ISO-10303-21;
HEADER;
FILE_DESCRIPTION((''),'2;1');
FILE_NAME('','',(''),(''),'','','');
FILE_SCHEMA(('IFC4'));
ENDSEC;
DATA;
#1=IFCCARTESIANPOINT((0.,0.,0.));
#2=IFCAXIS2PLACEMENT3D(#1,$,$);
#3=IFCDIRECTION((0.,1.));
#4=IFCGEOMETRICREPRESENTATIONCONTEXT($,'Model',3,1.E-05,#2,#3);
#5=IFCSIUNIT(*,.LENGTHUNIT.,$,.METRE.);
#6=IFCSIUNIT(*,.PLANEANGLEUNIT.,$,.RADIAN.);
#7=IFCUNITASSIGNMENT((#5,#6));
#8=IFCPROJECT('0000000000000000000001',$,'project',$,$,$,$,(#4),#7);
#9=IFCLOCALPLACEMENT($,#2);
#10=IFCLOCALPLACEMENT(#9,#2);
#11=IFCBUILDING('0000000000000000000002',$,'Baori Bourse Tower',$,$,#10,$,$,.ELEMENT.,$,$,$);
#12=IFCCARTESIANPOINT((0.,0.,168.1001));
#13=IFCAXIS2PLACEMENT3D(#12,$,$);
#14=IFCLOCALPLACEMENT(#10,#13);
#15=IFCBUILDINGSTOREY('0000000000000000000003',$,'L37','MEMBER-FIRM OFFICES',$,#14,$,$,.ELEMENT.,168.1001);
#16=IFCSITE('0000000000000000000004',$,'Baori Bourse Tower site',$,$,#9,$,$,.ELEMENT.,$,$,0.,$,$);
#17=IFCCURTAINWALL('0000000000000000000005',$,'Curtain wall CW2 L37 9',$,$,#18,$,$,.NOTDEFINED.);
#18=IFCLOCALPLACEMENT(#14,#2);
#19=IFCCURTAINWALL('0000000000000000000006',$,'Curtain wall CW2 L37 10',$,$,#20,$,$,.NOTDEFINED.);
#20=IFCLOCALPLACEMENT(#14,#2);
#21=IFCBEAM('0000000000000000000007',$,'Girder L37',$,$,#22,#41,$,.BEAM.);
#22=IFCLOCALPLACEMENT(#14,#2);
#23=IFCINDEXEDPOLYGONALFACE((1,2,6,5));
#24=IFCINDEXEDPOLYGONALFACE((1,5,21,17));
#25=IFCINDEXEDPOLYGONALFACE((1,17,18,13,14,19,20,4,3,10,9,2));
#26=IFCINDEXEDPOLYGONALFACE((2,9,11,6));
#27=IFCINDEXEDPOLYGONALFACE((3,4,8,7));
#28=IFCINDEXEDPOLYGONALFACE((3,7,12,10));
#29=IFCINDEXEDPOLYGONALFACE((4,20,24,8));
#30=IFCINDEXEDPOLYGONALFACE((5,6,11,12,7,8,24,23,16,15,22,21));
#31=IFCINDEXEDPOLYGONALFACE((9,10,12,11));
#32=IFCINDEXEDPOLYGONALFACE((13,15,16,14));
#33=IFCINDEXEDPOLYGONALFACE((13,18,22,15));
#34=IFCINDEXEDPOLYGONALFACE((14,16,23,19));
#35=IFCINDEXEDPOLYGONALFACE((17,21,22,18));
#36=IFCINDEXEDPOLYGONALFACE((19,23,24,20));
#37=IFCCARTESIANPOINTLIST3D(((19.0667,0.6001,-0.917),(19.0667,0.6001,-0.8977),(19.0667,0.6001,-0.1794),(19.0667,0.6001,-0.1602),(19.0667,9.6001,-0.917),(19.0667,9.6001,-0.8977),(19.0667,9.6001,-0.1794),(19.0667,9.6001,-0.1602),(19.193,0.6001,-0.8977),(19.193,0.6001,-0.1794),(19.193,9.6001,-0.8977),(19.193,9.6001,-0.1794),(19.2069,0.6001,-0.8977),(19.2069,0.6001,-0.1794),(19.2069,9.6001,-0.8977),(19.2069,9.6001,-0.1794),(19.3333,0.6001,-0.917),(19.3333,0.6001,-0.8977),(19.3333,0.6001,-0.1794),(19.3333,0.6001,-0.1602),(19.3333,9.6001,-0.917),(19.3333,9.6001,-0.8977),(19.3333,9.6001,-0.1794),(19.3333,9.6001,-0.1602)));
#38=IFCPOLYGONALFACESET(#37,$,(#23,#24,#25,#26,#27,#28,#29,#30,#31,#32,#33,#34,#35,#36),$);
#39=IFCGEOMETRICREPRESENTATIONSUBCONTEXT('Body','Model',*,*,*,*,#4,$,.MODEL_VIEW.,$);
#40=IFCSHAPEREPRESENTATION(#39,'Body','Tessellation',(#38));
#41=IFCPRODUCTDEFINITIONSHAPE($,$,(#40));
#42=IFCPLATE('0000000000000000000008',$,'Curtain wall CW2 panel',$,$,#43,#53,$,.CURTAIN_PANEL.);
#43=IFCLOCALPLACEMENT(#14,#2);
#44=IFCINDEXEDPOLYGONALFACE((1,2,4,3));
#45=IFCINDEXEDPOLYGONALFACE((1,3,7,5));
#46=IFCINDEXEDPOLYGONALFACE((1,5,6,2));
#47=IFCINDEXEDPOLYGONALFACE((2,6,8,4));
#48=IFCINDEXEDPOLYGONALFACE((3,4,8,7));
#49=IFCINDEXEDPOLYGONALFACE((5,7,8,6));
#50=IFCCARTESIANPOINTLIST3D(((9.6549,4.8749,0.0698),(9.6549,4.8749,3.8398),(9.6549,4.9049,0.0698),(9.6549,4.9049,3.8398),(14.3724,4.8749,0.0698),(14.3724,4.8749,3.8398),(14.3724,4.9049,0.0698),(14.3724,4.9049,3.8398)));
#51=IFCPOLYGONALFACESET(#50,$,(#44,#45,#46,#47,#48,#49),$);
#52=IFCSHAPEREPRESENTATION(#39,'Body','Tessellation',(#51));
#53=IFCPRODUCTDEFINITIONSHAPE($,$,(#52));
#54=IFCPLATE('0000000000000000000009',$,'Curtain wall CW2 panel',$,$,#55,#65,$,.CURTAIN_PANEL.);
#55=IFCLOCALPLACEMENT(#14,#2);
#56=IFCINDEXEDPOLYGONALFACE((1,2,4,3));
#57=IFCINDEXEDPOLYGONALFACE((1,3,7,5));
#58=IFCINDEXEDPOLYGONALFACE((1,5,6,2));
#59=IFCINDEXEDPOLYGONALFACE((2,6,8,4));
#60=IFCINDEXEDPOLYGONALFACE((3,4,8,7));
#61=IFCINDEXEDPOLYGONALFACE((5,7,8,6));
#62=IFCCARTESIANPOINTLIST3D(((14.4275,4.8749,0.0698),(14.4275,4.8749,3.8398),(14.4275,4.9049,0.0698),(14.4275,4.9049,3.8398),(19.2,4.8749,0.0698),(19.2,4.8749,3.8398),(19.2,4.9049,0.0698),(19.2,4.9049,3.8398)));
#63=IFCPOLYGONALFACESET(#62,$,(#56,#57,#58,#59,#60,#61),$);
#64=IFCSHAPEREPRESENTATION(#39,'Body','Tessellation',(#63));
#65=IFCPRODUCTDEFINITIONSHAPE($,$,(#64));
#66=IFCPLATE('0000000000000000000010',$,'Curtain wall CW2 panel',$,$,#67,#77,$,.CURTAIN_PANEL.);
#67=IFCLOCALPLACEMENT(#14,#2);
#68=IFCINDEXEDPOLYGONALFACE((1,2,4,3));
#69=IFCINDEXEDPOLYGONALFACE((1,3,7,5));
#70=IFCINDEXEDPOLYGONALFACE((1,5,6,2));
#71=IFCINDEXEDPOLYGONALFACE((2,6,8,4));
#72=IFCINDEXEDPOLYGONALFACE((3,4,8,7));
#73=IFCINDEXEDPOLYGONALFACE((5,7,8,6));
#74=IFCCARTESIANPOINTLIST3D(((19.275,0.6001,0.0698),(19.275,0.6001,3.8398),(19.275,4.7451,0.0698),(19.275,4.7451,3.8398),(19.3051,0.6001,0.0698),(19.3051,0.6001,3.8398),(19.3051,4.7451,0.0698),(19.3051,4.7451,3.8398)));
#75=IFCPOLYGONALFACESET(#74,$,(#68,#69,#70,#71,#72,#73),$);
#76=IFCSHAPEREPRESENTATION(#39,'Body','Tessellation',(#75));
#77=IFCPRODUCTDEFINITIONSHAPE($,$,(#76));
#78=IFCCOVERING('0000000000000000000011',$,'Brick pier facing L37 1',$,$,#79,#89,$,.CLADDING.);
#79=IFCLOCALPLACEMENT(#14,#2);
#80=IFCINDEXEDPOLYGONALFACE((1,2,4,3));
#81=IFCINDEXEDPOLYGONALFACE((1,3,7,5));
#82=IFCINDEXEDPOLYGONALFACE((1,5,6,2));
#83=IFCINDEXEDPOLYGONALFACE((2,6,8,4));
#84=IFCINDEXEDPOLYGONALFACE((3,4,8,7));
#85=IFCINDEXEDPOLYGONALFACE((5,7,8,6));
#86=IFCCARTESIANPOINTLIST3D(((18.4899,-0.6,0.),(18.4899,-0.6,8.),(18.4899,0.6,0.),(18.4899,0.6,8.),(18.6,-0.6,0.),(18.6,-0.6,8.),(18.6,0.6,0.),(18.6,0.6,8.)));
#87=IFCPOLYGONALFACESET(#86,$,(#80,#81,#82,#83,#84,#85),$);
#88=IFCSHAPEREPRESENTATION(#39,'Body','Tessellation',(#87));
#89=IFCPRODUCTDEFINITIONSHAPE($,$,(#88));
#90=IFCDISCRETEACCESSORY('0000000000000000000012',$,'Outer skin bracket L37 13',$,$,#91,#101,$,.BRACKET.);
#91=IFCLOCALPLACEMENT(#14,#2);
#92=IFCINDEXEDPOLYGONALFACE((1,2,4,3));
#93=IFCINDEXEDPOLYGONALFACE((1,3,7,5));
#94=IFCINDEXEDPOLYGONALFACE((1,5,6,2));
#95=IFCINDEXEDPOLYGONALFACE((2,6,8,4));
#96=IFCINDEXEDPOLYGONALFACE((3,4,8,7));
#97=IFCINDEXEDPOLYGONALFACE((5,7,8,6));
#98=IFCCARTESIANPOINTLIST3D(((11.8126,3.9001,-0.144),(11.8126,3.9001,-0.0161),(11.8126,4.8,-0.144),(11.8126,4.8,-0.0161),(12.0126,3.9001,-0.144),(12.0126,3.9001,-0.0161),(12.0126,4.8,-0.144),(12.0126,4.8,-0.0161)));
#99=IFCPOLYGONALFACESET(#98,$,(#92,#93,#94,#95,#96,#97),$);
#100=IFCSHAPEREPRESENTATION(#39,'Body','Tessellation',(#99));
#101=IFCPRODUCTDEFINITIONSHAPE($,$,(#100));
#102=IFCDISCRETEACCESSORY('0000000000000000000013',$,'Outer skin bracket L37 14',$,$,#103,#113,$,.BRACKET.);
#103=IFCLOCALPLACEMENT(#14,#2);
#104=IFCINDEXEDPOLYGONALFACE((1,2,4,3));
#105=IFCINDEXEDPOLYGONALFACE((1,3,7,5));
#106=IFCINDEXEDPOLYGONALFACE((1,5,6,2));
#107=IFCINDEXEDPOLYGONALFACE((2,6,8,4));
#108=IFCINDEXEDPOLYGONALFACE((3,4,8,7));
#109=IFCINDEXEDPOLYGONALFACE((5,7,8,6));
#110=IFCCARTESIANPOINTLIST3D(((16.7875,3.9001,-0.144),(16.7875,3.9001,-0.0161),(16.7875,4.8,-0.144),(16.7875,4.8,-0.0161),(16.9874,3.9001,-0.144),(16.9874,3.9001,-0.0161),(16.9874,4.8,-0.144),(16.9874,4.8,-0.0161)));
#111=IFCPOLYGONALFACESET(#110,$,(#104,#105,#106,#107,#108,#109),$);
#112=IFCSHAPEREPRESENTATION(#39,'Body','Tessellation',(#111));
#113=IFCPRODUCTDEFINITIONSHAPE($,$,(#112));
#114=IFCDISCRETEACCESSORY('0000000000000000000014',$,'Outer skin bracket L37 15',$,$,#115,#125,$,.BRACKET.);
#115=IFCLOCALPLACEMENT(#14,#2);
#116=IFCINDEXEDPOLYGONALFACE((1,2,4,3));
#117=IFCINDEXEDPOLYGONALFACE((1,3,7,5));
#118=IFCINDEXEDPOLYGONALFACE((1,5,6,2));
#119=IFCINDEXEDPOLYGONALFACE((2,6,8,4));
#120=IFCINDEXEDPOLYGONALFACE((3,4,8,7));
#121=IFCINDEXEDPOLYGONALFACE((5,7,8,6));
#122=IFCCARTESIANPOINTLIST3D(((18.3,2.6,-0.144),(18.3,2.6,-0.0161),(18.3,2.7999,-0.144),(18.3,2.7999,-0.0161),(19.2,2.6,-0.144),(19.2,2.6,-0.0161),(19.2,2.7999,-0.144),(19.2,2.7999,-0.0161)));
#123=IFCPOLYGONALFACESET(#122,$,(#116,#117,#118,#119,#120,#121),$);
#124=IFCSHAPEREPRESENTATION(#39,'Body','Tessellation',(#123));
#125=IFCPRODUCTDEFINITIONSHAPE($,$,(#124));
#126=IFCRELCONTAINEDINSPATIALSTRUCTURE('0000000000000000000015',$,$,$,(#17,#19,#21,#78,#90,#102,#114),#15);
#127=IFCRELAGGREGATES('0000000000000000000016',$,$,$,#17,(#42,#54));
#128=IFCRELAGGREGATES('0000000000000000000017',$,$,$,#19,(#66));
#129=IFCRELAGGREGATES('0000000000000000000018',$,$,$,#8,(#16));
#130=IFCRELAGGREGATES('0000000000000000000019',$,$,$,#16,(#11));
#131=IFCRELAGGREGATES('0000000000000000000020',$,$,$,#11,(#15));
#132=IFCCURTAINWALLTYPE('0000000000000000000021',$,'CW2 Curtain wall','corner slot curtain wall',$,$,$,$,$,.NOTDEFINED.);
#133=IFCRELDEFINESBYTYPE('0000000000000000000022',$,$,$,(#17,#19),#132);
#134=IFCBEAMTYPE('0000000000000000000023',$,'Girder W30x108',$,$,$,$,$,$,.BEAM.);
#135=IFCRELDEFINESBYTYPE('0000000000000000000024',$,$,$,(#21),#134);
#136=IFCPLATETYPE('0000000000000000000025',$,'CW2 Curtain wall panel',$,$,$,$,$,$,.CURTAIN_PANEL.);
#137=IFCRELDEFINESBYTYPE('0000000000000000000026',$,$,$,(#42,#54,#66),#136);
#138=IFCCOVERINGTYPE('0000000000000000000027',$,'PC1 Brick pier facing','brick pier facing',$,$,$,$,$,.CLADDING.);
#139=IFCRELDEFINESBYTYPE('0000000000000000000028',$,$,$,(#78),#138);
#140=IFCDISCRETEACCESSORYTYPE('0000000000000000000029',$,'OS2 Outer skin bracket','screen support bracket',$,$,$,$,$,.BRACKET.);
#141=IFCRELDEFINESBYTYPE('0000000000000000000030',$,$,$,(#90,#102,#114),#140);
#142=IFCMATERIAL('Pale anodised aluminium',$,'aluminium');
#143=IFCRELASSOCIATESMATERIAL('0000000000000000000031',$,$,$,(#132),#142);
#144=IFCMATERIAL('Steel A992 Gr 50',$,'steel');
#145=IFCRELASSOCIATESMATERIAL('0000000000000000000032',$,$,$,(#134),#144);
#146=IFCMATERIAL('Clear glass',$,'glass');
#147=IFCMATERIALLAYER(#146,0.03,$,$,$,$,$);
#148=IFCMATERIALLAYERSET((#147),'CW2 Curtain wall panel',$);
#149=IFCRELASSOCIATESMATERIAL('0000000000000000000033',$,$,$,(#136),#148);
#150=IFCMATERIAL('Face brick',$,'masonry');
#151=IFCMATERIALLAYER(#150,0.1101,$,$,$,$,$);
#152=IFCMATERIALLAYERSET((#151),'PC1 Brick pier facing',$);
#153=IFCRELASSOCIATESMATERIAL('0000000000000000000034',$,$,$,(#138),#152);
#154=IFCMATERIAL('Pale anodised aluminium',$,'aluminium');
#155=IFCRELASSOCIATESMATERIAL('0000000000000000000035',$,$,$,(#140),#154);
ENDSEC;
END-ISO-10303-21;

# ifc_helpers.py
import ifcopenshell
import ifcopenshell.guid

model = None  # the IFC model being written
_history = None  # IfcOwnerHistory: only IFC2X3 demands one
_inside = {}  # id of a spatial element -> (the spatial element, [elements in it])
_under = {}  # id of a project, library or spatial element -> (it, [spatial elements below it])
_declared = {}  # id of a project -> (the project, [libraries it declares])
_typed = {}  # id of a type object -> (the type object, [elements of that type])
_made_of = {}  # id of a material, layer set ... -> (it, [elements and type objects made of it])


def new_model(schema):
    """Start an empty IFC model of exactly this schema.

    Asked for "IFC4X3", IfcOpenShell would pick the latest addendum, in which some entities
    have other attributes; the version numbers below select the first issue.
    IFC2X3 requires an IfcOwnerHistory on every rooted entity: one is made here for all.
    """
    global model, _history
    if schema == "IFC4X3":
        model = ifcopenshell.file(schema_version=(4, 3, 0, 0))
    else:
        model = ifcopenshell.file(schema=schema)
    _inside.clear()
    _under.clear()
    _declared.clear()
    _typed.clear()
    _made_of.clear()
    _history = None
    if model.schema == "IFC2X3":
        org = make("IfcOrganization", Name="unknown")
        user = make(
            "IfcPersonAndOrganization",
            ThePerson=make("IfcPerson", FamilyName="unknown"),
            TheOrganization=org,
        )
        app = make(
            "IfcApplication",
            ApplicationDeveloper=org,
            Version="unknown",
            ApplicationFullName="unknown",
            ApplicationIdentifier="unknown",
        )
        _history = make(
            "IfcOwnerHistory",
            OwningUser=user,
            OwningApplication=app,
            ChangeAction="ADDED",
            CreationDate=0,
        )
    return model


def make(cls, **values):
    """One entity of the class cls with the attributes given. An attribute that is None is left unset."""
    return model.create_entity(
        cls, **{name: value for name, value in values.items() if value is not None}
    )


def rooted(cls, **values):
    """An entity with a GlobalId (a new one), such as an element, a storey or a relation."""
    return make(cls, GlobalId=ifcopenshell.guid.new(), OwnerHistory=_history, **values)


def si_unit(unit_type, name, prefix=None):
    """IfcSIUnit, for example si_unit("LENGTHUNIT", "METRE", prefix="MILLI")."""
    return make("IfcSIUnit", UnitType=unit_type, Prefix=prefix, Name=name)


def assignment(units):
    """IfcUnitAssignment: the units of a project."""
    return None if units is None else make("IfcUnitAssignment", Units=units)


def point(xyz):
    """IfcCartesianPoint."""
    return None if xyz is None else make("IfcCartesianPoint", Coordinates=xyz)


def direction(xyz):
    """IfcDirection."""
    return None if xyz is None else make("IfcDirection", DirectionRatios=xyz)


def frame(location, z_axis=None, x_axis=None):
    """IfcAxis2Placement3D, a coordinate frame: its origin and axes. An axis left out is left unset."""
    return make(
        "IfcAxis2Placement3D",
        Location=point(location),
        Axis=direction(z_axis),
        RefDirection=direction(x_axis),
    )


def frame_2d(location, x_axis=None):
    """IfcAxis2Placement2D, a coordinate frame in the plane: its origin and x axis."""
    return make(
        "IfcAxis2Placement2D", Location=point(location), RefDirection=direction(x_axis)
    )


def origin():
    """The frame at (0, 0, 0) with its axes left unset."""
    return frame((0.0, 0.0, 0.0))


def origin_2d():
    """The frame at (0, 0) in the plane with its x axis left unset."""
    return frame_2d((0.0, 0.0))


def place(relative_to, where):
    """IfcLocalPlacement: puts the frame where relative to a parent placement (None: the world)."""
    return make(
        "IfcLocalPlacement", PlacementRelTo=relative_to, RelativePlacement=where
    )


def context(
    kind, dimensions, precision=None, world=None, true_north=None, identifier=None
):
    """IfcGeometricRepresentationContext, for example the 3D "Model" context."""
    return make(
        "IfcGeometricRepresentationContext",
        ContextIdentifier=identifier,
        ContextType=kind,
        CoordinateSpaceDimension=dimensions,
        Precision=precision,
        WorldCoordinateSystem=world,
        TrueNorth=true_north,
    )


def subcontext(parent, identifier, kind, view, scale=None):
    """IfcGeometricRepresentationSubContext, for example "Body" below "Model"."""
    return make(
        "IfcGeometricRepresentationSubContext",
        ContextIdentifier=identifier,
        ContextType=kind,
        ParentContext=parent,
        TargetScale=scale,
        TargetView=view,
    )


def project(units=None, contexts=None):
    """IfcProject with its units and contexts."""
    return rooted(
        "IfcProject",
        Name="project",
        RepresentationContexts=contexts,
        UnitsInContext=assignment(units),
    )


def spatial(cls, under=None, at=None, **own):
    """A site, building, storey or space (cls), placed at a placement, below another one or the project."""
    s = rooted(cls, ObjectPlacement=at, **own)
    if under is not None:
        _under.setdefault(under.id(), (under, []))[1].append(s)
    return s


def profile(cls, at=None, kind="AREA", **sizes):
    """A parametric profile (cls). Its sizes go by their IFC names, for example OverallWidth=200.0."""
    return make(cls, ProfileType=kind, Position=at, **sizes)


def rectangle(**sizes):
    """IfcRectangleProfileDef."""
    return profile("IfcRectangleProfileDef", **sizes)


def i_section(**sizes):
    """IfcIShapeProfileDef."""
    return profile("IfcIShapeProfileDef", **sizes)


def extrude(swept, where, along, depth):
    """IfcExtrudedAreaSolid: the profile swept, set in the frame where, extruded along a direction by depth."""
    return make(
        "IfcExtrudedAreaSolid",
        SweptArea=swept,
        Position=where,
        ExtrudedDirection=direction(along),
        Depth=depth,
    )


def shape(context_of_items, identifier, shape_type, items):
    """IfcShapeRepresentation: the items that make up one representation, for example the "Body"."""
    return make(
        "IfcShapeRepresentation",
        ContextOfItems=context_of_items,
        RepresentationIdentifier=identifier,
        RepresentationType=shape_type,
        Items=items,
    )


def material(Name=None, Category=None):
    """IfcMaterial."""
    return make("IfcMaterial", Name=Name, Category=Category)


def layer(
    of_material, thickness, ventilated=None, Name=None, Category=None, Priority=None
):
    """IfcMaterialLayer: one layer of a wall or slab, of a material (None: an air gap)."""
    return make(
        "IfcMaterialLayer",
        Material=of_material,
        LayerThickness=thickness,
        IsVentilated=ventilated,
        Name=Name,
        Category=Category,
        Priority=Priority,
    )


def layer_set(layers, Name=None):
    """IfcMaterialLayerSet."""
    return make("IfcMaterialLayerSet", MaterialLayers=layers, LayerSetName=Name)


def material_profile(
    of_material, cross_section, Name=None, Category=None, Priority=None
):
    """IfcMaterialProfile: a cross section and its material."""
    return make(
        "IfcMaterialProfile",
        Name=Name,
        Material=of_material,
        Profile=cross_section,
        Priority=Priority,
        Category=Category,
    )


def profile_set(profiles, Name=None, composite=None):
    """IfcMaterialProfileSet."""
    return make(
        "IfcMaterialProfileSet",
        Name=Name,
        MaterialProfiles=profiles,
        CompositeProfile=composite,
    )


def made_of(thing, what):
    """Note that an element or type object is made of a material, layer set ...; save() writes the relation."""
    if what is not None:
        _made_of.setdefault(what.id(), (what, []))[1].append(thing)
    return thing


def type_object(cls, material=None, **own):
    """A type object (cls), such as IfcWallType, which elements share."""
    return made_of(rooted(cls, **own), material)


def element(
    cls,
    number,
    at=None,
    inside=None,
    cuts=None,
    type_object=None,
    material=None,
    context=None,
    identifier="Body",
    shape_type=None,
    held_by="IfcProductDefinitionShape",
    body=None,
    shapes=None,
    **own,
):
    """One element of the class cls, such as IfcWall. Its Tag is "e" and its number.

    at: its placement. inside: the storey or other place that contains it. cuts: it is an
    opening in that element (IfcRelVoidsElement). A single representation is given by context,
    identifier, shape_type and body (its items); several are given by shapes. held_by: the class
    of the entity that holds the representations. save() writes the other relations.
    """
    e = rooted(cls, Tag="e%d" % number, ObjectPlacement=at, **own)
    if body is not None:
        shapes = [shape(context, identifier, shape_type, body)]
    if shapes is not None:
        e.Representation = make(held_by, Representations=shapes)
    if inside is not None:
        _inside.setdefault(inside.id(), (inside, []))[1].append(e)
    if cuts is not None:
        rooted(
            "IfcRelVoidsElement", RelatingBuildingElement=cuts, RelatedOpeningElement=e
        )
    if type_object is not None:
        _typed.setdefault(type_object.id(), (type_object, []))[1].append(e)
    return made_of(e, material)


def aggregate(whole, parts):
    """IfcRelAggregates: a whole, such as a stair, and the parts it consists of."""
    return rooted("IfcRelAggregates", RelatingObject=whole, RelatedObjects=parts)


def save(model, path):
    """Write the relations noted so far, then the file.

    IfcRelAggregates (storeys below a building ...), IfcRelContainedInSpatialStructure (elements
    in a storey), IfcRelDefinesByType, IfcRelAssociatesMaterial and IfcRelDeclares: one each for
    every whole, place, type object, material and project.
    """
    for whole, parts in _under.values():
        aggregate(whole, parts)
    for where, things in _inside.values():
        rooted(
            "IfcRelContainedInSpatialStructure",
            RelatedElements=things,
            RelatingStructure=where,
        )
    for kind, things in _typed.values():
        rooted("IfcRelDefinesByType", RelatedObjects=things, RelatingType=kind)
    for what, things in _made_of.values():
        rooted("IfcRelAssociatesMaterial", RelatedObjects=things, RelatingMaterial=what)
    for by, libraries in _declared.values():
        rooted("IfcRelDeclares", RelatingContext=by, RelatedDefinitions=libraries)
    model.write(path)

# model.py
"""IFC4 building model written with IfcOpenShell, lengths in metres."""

from ifc_helpers import new_model, si_unit, direction, frame, origin, origin_2d, place, context, subcontext, project, spatial, rectangle, i_section, extrude, material, layer, layer_set, material_profile, profile_set, type_object, element, aggregate, save


model = new_model("IFC4")

# Units and contexts
model_context = context("Model", 3, precision=1e-05, world=origin(), true_north=direction((0.0, 1.0)))
body_context = subcontext(model_context, "Body", "Model", "MODEL_VIEW")
ifc_project = project(units=[si_unit("LENGTHUNIT", "METRE"), si_unit("PLANEANGLEUNIT", "RADIAN")], contexts=[model_context])

# Site, building, storey
site_placement = place(None, origin())
site = spatial("IfcSite", under=ifc_project, at=site_placement, Name="Baori Bourse Tower site", CompositionType="ELEMENT", RefElevation=0.0)
building_placement = place(site_placement, origin())
building = spatial("IfcBuilding", under=site, at=building_placement, Name="Baori Bourse Tower", CompositionType="ELEMENT")
storey_placement = place(building_placement, frame((0.0, 0.0, 168.1001)))
storey = spatial("IfcBuildingStorey", under=building, at=storey_placement, Name="L37", Description="MEMBER-FIRM OFFICES", CompositionType="ELEMENT", Elevation=168.1001)

# Curtain wall
ifc_material_1 = material(Name="Pale anodised aluminium", Category="aluminium")
curtain_wall_type_1 = type_object("IfcCurtainWallType", Name="CW2 Curtain wall", Description="corner slot curtain wall", PredefinedType="NOTDEFINED", material=ifc_material_1)
curtain_wall_1_placement = place(storey_placement, origin())
curtain_wall_1 = element("IfcCurtainWall", 1, at=curtain_wall_1_placement, inside=storey, type_object=curtain_wall_type_1, Name="Curtain wall CW2 L37 9", PredefinedType="NOTDEFINED")

# Curtain wall
curtain_wall_2_placement = place(storey_placement, origin())
curtain_wall_2 = element("IfcCurtainWall", 2, at=curtain_wall_2_placement, inside=storey, type_object=curtain_wall_type_1, Name="Curtain wall CW2 L37 10", PredefinedType="NOTDEFINED")

# Beam
ifc_material_2 = material(Name="Steel A992 Gr 50", Category="steel")
ifc_material_profile_1 = material_profile(ifc_material_2, i_section(OverallWidth=0.2666, OverallDepth=0.7568, WebThickness=0.0139, FlangeThickness=0.0193, at=origin_2d()), Name="W30x108")
ifc_profile_set_1 = profile_set([ifc_material_profile_1], Name="Steel A992 Gr 50")
beam_type_1 = type_object("IfcBeamType", Name="Girder W30x108", PredefinedType="BEAM", material=ifc_profile_set_1)
beam_1_placement = place(storey_placement, frame((19.2, 0.6001, -0.5386), z_axis=(0.0, 1.0, 0.0), x_axis=(-1.0, 0.0, 0.0)))
element("IfcBeam", 3, at=beam_1_placement, inside=storey, type_object=beam_type_1, Name="Girder L37", PredefinedType="BEAM", context=body_context, shape_type="SweptSolid", body=[
    extrude(i_section(OverallWidth=0.2666, OverallDepth=0.7568, WebThickness=0.0139, FlangeThickness=0.0193, at=origin_2d()), origin(), (0.0, 0.0, 1.0), 9.0),
])

# Plates
ifc_material_3 = material(Name="Clear glass", Category="glass")
ifc_layer_1 = layer(ifc_material_3, 0.03)
ifc_layer_set_1 = layer_set([ifc_layer_1], Name="CW2 Curtain wall panel")
plate_type = type_object("IfcPlateType", Name="CW2 Curtain wall panel", PredefinedType="CURTAIN_PANEL", material=ifc_layer_set_1)
plate_1_placement = place(storey_placement, frame((12.0137, 4.8899, 0.0698), z_axis=(0.0, 0.0, 1.0), x_axis=(1.0, 0.0, 0.0)))
plate_1 = element("IfcPlate", 4, at=plate_1_placement, type_object=plate_type, Name="Curtain wall CW2 panel", PredefinedType="CURTAIN_PANEL", context=body_context, shape_type="SweptSolid", body=[
    extrude(rectangle(XDim=4.7175, YDim=0.03, at=origin_2d()), origin(), (0.0, 0.0, 1.0), 3.77),
])
plate_2_placement = place(storey_placement, frame((16.8137, 4.8899, 0.0698), z_axis=(0.0, 0.0, 1.0), x_axis=(1.0, 0.0, 0.0)))
plate_2 = element("IfcPlate", 5, at=plate_2_placement, type_object=plate_type, Name="Curtain wall CW2 panel", PredefinedType="CURTAIN_PANEL", context=body_context, shape_type="SweptSolid", body=[
    extrude(rectangle(XDim=4.7725, YDim=0.03, at=origin_2d()), origin(), (0.0, 0.0, 1.0), 3.77),
])
aggregate(curtain_wall_1, [plate_1, plate_2])
plate_3_placement = place(storey_placement, frame((19.29, 2.6726, 0.0698), z_axis=(0.0, 0.0, 1.0), x_axis=(0.0, -1.0, 0.0)))
plate_3 = element("IfcPlate", 6, at=plate_3_placement, type_object=plate_type, Name="Curtain wall CW2 panel", PredefinedType="CURTAIN_PANEL", context=body_context, shape_type="SweptSolid", body=[
    extrude(rectangle(XDim=4.145, YDim=0.03, at=origin_2d()), origin(), (0.0, 0.0, 1.0), 3.77),
])
aggregate(curtain_wall_2, [plate_3])

# Covering
ifc_material_4 = material(Name="Face brick", Category="masonry")
ifc_layer_2 = layer(ifc_material_4, 0.1101)
ifc_layer_set_2 = layer_set([ifc_layer_2], Name="PC1 Brick pier facing")
covering_type = type_object("IfcCoveringType", Name="PC1 Brick pier facing", Description="brick pier facing", PredefinedType="CLADDING", material=ifc_layer_set_2)
covering_placement = place(storey_placement, frame((18.5449, 0.0, 0.0), z_axis=(0.0, 0.0, 1.0), x_axis=(1.0, 0.0, 0.0)))
element("IfcCovering", 7, at=covering_placement, inside=storey, type_object=covering_type, Name="Brick pier facing L37 1", PredefinedType="CLADDING", context=body_context, shape_type="SweptSolid", body=[
    extrude(rectangle(XDim=0.1101, YDim=1.2, at=origin_2d()), origin(), (0.0, 0.0, 1.0), 8.0),
])

# Discrete accessories
ifc_material_5 = material(Name="Pale anodised aluminium", Category="aluminium")
discrete_accessory_type = type_object("IfcDiscreteAccessoryType", Name="OS2 Outer skin bracket", Description="screen support bracket", PredefinedType="BRACKET", material=ifc_material_5)
for number, where, z_axis, x_axis, name in (
    (8, (11.9126, 4.3501, -0.144), (0.0, 0.0, 1.0), (1.0, 0.0, 0.0), "Outer skin bracket L37 13"),
    (9, (16.8875, 4.3501, -0.144), (0.0, 0.0, 1.0), (1.0, 0.0, 0.0), "Outer skin bracket L37 14"),
    (10, (18.75, 2.7, -0.144), (0.0, 0.0, 1.0), (0.0, -1.0, 0.0), "Outer skin bracket L37 15"),
):
    element("IfcDiscreteAccessory", number, at=place(storey_placement, frame(where, z_axis=z_axis, x_axis=x_axis)), inside=storey, type_object=discrete_accessory_type, Name=name, PredefinedType="BRACKET", context=body_context, shape_type="SweptSolid", body=[
        extrude(rectangle(XDim=0.2, YDim=0.8999, at=origin_2d()), origin(), (0.0, 0.0, 1.0), 0.1279),
    ])

save(model, "model.ifc")
